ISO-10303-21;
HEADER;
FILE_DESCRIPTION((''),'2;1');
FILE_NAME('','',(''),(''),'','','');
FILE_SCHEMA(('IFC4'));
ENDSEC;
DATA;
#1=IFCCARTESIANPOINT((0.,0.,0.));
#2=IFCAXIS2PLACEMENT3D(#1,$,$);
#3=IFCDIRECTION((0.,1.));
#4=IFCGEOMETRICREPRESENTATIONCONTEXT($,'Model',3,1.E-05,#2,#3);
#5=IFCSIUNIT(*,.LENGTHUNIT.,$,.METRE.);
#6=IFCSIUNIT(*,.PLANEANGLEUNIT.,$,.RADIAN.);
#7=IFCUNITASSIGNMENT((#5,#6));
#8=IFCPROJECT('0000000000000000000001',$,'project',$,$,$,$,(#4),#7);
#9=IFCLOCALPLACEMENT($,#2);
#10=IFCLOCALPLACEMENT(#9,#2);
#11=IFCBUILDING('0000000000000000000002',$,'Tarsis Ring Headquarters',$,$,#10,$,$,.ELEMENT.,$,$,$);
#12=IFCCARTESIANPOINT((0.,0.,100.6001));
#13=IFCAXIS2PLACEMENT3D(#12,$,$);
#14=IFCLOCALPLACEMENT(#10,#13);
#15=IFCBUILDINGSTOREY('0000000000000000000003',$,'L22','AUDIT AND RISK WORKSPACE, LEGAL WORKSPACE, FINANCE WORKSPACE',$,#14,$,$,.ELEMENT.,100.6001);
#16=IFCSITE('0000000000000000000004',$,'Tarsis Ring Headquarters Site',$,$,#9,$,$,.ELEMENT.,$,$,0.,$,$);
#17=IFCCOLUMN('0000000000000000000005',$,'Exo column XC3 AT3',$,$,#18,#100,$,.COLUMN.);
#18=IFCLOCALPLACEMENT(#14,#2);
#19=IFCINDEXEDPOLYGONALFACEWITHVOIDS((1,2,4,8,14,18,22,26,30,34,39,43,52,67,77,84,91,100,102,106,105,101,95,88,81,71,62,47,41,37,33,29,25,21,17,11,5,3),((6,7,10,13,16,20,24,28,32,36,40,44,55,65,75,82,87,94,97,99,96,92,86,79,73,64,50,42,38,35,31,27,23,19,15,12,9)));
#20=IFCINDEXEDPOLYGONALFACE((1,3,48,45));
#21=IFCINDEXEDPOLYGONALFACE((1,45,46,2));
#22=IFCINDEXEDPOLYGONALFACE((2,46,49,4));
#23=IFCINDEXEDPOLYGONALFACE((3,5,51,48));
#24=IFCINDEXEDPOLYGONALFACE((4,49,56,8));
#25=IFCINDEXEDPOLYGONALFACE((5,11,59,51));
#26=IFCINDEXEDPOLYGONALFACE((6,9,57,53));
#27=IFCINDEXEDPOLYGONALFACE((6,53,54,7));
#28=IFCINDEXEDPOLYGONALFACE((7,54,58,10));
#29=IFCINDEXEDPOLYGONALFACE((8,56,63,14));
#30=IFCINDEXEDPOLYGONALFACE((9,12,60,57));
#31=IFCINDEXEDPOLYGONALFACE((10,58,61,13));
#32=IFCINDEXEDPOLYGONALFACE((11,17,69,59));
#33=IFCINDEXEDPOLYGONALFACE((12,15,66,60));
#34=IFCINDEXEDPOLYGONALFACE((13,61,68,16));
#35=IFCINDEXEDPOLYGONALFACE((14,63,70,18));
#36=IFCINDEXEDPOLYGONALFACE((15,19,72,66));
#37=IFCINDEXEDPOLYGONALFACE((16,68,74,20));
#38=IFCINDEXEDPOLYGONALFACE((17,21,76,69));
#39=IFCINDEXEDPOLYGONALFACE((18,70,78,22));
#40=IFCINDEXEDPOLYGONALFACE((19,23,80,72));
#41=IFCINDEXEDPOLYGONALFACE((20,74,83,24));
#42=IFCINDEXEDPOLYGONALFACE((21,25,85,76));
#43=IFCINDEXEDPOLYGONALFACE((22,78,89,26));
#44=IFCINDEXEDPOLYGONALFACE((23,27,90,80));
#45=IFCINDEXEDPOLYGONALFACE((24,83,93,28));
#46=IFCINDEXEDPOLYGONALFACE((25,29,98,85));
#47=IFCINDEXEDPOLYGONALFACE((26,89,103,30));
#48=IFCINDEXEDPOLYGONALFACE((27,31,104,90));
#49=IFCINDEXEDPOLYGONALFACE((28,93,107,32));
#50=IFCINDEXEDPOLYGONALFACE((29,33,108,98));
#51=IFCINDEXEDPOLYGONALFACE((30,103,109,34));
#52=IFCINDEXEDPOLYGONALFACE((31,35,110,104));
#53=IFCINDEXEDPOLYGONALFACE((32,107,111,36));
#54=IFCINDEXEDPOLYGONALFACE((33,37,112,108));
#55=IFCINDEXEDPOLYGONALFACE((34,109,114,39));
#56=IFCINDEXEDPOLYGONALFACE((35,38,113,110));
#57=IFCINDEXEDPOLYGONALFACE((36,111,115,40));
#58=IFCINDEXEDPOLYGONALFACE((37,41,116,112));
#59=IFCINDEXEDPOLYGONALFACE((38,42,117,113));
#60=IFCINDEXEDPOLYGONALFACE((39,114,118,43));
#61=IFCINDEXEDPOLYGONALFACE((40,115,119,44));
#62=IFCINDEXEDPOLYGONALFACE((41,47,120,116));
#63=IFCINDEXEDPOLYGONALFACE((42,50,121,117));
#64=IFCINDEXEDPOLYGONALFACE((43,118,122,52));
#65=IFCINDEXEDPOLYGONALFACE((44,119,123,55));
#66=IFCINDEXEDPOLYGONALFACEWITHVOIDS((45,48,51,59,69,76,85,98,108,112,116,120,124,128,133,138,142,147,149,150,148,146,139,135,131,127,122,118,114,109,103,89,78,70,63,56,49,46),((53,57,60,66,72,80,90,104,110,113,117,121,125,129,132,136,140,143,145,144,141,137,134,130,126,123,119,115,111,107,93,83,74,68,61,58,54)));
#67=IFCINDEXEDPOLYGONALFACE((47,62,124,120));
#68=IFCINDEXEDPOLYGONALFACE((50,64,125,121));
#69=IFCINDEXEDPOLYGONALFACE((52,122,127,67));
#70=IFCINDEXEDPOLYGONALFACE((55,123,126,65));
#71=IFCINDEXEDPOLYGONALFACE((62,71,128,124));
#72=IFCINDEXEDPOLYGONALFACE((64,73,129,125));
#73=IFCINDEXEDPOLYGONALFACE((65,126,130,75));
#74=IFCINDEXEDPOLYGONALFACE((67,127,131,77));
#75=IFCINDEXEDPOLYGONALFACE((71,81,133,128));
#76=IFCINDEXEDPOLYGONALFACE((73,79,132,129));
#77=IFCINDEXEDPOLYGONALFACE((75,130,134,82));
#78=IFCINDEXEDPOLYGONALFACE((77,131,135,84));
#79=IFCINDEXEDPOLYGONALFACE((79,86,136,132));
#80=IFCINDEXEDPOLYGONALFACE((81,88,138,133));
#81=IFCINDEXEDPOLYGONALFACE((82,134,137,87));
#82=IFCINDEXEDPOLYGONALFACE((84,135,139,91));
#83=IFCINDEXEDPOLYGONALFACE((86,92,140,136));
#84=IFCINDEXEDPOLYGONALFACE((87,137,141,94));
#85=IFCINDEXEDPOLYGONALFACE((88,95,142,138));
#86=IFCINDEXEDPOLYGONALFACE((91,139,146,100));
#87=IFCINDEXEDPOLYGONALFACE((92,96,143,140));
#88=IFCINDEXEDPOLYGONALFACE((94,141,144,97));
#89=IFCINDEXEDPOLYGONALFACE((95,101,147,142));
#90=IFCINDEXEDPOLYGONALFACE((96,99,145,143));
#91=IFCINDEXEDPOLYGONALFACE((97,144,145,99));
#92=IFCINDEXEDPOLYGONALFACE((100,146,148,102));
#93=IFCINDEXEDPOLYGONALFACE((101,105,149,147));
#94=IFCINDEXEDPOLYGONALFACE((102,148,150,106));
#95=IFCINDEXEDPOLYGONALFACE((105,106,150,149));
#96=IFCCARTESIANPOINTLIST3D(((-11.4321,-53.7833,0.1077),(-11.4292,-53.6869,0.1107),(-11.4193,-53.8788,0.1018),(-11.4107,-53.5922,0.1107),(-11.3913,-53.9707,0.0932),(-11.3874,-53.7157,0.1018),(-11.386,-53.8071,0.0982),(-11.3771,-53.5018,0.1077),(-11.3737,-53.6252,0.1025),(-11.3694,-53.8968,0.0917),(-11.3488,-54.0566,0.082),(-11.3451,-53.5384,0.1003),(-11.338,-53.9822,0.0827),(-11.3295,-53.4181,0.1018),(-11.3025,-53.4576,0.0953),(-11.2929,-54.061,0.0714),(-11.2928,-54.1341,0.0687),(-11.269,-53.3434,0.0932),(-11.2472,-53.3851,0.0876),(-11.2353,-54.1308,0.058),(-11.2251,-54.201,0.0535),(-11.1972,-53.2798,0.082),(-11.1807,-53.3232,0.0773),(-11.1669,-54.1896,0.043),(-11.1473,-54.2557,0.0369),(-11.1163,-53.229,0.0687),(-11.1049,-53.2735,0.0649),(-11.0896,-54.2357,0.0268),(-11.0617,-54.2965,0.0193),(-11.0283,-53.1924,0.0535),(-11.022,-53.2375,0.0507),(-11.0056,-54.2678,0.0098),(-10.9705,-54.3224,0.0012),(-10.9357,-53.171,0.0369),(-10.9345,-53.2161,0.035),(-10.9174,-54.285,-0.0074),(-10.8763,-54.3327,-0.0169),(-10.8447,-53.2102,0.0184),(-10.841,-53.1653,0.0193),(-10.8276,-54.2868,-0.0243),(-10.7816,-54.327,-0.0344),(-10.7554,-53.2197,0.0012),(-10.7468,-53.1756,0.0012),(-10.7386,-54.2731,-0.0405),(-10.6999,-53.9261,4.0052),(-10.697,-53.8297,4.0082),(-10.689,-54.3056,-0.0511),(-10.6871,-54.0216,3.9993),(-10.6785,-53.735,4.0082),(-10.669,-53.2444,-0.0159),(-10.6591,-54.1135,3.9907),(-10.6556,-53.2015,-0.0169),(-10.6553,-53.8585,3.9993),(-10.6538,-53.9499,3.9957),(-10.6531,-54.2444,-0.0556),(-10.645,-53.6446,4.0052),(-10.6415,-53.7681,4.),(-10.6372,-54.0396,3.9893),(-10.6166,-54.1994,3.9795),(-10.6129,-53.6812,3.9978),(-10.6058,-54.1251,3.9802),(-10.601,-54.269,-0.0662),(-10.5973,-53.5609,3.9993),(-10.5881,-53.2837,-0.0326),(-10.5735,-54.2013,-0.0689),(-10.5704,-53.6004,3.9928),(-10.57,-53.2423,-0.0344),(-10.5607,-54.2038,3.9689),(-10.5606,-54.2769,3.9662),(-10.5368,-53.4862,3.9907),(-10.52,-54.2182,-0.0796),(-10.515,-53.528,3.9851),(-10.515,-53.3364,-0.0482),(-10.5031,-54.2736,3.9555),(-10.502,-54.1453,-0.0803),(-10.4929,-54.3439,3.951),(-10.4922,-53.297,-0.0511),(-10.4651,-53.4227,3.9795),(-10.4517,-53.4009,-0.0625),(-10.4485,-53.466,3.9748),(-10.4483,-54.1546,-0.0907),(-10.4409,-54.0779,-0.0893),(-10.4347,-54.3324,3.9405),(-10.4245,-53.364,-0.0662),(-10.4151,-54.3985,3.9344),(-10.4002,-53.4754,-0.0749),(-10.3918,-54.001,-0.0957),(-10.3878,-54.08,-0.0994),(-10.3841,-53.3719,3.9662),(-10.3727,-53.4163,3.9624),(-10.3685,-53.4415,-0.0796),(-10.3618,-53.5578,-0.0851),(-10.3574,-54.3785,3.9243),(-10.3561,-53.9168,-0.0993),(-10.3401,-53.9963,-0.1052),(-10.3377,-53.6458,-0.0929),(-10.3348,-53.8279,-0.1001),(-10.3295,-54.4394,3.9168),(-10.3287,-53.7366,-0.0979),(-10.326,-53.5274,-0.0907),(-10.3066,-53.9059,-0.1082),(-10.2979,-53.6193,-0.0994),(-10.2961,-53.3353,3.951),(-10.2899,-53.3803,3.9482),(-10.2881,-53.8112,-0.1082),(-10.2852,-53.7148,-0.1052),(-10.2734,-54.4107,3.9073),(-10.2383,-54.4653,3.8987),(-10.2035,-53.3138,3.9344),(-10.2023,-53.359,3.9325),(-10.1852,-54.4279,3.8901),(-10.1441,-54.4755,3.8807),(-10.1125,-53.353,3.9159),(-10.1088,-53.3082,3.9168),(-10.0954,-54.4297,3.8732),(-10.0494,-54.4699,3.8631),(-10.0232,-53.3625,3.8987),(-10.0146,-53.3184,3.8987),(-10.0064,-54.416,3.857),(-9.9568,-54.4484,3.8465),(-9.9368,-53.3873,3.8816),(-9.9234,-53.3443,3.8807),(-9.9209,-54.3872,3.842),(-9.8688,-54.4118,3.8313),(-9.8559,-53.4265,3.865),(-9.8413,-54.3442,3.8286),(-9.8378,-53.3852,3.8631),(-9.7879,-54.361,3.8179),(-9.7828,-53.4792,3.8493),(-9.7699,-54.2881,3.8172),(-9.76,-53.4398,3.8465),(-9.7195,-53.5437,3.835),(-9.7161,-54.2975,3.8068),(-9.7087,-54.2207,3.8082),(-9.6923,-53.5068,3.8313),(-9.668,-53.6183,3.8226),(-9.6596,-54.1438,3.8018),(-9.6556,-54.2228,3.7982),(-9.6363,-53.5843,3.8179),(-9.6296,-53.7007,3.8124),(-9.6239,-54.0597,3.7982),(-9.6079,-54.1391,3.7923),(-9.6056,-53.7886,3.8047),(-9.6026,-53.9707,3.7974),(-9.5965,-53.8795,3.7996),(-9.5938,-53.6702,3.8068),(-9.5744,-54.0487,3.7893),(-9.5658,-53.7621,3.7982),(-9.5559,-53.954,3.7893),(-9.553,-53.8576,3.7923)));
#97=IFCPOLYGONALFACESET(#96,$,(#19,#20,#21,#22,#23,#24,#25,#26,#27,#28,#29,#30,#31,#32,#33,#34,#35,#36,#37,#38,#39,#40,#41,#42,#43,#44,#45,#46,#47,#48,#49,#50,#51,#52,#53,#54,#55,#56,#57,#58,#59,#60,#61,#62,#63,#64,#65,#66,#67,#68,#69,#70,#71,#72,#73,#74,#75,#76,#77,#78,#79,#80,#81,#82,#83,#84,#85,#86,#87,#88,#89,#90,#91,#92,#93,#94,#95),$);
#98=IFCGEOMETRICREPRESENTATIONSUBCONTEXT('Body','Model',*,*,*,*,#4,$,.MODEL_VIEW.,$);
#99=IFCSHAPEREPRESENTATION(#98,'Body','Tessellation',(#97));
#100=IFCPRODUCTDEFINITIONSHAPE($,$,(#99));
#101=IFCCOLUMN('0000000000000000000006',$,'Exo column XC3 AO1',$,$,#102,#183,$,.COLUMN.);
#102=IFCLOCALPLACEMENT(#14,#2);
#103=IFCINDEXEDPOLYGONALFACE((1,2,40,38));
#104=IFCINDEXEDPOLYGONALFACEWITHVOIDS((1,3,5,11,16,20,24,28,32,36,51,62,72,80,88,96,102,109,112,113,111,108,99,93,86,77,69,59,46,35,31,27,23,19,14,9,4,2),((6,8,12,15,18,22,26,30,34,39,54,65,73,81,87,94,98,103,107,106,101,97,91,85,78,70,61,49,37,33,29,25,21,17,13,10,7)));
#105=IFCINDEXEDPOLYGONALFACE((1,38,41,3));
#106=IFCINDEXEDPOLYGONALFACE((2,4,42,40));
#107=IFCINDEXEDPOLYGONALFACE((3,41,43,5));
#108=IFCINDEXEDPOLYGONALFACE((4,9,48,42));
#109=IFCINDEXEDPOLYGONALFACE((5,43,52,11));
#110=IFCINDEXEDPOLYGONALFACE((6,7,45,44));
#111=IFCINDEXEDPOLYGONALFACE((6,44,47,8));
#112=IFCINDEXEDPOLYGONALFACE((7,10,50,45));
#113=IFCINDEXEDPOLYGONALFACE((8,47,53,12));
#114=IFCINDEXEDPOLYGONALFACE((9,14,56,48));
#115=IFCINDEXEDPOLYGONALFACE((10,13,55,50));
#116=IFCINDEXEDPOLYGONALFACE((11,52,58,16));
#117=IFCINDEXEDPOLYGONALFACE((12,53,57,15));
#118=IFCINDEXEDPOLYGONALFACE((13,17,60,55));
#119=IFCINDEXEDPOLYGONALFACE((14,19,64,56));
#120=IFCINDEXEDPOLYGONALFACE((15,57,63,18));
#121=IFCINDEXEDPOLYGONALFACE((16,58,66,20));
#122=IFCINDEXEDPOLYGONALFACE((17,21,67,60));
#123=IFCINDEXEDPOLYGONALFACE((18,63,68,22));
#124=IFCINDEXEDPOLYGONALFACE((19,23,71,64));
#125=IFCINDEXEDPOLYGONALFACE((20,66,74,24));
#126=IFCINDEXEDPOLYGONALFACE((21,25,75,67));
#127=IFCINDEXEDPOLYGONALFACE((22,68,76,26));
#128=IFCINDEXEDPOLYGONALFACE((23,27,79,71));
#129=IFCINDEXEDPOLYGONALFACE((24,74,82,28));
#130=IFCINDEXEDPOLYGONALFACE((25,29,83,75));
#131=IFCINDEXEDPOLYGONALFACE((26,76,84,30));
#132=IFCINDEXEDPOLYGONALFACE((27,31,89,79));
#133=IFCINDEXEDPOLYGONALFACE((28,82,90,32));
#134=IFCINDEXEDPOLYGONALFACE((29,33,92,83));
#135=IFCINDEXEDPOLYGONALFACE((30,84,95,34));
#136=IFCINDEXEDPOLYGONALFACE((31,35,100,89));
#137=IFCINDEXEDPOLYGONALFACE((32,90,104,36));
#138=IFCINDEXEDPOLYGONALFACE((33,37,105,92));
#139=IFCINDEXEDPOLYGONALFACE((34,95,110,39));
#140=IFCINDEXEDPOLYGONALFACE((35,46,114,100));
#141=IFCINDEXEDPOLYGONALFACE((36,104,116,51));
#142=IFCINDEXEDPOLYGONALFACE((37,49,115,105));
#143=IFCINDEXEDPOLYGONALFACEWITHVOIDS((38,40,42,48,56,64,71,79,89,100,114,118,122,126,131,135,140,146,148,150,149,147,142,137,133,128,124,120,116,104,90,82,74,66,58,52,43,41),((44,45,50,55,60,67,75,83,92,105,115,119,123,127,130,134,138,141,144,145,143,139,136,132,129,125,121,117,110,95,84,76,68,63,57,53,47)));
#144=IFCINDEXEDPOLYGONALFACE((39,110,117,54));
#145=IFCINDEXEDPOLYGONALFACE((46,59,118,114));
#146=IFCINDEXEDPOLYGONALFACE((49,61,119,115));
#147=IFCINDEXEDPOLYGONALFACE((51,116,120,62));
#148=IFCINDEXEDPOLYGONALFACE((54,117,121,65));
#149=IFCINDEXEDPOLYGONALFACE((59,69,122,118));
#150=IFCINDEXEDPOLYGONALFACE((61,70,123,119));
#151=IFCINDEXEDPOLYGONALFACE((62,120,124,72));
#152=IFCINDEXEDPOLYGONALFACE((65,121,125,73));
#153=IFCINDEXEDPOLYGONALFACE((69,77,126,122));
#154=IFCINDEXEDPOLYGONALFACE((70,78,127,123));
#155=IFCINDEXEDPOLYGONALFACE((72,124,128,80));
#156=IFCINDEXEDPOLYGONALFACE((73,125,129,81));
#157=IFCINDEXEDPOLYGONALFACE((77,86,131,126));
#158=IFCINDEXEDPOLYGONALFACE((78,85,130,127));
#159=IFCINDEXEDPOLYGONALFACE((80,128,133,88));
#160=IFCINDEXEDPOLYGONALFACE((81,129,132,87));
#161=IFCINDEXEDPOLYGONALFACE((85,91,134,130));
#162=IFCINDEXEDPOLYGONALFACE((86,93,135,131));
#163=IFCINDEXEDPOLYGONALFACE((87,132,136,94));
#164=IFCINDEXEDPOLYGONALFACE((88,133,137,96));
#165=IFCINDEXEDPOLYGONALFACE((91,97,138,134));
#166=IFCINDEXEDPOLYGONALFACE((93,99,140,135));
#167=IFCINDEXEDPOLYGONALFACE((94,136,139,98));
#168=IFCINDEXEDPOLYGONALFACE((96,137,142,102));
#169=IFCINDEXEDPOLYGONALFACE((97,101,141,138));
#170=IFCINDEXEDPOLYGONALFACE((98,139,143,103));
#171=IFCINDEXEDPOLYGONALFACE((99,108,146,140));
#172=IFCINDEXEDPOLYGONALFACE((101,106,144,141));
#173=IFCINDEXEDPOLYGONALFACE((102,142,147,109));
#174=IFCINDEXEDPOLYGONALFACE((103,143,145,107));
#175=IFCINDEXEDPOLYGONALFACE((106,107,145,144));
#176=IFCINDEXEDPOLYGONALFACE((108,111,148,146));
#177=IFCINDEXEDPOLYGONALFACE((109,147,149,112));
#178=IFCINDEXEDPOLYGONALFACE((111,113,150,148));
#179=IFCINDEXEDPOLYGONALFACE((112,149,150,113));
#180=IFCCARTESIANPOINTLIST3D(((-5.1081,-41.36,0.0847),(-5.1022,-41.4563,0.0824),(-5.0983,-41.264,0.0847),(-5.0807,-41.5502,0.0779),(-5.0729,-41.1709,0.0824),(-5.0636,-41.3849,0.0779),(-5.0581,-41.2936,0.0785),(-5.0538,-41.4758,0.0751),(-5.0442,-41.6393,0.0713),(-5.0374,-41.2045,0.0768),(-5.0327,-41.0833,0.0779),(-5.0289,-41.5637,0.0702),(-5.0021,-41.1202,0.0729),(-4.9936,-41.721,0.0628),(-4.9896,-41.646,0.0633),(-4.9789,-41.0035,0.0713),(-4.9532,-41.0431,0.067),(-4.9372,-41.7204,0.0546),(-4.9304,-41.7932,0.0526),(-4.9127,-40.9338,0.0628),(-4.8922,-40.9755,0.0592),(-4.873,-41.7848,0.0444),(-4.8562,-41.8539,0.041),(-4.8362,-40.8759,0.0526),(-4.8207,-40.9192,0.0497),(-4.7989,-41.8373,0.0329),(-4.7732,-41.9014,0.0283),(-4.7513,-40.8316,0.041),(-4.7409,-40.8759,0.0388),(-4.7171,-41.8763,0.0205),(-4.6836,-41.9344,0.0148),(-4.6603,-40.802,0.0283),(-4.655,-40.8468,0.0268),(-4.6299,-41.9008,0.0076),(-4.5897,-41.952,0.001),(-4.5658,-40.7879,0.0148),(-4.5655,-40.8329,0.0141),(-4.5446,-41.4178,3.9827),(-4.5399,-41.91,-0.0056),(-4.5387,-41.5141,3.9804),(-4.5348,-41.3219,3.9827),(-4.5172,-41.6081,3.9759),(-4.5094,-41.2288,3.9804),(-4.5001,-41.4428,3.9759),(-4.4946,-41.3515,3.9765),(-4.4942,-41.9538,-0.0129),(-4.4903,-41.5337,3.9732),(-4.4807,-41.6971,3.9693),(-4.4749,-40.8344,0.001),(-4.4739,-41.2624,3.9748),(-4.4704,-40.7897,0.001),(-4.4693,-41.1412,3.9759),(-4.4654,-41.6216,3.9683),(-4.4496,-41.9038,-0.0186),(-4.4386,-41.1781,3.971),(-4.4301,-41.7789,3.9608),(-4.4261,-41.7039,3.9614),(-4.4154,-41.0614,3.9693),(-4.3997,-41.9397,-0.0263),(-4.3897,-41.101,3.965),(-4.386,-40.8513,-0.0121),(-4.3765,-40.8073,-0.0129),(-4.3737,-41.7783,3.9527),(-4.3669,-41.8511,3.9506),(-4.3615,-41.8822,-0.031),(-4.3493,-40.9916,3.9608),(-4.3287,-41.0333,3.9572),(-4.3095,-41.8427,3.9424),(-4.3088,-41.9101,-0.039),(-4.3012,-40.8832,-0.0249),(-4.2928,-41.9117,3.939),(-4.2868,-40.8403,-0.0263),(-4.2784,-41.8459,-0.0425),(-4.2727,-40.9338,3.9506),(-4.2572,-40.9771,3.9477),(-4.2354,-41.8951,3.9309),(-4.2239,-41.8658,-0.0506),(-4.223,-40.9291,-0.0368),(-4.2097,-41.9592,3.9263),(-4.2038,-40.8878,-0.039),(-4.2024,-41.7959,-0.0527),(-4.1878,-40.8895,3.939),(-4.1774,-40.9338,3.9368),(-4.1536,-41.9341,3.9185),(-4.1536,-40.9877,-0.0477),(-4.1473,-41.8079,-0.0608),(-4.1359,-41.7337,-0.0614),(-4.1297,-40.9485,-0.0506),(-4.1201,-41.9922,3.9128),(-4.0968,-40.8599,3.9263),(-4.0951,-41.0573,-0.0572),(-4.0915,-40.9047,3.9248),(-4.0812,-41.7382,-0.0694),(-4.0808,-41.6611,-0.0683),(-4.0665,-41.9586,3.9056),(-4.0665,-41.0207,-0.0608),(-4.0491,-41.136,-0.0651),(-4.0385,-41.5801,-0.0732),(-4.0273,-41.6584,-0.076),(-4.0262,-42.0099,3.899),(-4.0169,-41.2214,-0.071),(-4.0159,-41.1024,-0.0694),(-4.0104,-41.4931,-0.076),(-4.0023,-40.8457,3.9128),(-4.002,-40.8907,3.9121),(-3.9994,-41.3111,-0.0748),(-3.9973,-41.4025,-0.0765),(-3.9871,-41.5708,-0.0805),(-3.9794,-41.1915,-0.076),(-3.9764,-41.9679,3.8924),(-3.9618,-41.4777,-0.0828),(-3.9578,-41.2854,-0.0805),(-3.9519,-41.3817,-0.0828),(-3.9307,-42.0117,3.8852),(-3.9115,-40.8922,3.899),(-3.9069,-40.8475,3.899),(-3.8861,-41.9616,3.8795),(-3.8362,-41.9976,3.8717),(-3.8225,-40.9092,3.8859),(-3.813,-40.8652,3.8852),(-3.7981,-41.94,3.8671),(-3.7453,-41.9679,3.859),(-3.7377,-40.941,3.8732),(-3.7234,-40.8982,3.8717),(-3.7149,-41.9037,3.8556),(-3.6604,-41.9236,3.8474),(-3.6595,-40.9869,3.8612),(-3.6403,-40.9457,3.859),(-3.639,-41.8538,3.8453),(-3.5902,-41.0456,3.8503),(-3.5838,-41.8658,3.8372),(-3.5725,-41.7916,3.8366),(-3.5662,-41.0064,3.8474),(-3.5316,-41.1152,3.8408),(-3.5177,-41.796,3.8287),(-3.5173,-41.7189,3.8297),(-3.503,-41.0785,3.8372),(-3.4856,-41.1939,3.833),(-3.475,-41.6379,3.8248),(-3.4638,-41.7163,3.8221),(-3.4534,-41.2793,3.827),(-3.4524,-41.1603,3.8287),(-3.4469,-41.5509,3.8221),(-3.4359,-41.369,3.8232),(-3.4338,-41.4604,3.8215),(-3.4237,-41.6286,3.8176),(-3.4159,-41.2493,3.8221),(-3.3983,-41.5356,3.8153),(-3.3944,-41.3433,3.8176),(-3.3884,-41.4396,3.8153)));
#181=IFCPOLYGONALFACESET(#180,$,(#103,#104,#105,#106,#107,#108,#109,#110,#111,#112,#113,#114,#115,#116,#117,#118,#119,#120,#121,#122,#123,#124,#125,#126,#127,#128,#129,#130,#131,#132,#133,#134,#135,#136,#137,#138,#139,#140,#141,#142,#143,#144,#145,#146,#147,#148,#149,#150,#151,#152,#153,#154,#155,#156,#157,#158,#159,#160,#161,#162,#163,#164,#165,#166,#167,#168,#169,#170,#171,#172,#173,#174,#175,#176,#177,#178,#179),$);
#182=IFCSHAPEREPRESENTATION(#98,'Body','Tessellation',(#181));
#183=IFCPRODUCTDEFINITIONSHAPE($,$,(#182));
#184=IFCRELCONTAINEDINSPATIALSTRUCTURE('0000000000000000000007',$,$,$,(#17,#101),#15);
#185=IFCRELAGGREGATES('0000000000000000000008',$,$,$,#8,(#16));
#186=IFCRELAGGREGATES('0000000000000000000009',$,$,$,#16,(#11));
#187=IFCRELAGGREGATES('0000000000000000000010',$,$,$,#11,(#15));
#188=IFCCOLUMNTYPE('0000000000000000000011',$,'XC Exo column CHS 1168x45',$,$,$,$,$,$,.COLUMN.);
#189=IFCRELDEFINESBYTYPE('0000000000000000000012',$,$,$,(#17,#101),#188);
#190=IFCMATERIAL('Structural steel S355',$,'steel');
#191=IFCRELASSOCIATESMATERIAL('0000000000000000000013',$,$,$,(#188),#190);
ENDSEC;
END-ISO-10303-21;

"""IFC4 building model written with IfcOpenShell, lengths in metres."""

from ifc_helpers import new_model, si_unit, direction, frame, origin, origin_2d, place, context, subcontext, project, spatial, hollow_circle, extrude, material, material_profile, profile_set, type_object, element, save


model = new_model("IFC4")

# Units and contexts
model_context = context("Model", 3, precision=1e-05, world=origin(), true_north=direction((0.0, 1.0)))
body_context = subcontext(model_context, "Body", "Model", "MODEL_VIEW")
ifc_project = project(units=[si_unit("LENGTHUNIT", "METRE"), si_unit("PLANEANGLEUNIT", "RADIAN")], contexts=[model_context])

# Site, building, storey
site_placement = place(None, origin())
site = spatial("IfcSite", under=ifc_project, at=site_placement, Name="Tarsis Ring Headquarters Site", CompositionType="ELEMENT", RefElevation=0.0)
building_placement = place(site_placement, origin())
building = spatial("IfcBuilding", under=site, at=building_placement, Name="Tarsis Ring Headquarters", CompositionType="ELEMENT")
storey_placement = place(building_placement, frame((0.0, 0.0, 100.6001)))
storey = spatial("IfcBuildingStorey", under=building, at=storey_placement, Name="L22", Description="AUDIT AND RISK WORKSPACE, LEGAL WORKSPACE, FINANCE WORKSPACE", CompositionType="ELEMENT", Elevation=100.6001)

# Columns
ifc_material_1 = material(Name="Structural steel S355", Category="steel")
ifc_material_profile_1 = material_profile(ifc_material_1, hollow_circle(Radius=0.5842, WallThickness=0.0449, at=origin_2d()), Name="CHS 1168x45")
ifc_profile_set_1 = profile_set([ifc_material_profile_1], Name="Structural steel S355")
column_type = type_object("IfcColumnType", Name="XC Exo column CHS 1168x45", PredefinedType="COLUMN", material=ifc_profile_set_1)
column_1_placement = place(storey_placement, frame((-10.8586, -53.749, 0.0012), z_axis=(0.184511, -0.035992, 0.982171), x_axis=(0.191457, 0.981501, 0.0)))
element("IfcColumn", 1, at=column_1_placement, inside=storey, type_object=column_type, Name="Exo column XC3 AT3", PredefinedType="COLUMN", context=body_context, shape_type="SweptSolid", body=[
    extrude(hollow_circle(Radius=0.5842, WallThickness=0.0449, at=origin_2d()), origin(), (0.0, 0.0, 1.0), 3.9683),
])
column_2_placement = place(storey_placement, frame((-4.53, -41.3708, 0.001), z_axis=(0.143055, -0.01469, 0.989606), x_axis=(0.102149, 0.994769, 0.0)))
element("IfcColumn", 2, at=column_2_placement, inside=storey, type_object=column_type, Name="Exo column XC3 AO1", PredefinedType="COLUMN", context=body_context, shape_type="SweptSolid", body=[
    extrude(hollow_circle(Radius=0.5842, WallThickness=0.0449, at=origin_2d()), origin(), (0.0, 0.0, 1.0), 3.939),
])

save(model, "model.ifc")
